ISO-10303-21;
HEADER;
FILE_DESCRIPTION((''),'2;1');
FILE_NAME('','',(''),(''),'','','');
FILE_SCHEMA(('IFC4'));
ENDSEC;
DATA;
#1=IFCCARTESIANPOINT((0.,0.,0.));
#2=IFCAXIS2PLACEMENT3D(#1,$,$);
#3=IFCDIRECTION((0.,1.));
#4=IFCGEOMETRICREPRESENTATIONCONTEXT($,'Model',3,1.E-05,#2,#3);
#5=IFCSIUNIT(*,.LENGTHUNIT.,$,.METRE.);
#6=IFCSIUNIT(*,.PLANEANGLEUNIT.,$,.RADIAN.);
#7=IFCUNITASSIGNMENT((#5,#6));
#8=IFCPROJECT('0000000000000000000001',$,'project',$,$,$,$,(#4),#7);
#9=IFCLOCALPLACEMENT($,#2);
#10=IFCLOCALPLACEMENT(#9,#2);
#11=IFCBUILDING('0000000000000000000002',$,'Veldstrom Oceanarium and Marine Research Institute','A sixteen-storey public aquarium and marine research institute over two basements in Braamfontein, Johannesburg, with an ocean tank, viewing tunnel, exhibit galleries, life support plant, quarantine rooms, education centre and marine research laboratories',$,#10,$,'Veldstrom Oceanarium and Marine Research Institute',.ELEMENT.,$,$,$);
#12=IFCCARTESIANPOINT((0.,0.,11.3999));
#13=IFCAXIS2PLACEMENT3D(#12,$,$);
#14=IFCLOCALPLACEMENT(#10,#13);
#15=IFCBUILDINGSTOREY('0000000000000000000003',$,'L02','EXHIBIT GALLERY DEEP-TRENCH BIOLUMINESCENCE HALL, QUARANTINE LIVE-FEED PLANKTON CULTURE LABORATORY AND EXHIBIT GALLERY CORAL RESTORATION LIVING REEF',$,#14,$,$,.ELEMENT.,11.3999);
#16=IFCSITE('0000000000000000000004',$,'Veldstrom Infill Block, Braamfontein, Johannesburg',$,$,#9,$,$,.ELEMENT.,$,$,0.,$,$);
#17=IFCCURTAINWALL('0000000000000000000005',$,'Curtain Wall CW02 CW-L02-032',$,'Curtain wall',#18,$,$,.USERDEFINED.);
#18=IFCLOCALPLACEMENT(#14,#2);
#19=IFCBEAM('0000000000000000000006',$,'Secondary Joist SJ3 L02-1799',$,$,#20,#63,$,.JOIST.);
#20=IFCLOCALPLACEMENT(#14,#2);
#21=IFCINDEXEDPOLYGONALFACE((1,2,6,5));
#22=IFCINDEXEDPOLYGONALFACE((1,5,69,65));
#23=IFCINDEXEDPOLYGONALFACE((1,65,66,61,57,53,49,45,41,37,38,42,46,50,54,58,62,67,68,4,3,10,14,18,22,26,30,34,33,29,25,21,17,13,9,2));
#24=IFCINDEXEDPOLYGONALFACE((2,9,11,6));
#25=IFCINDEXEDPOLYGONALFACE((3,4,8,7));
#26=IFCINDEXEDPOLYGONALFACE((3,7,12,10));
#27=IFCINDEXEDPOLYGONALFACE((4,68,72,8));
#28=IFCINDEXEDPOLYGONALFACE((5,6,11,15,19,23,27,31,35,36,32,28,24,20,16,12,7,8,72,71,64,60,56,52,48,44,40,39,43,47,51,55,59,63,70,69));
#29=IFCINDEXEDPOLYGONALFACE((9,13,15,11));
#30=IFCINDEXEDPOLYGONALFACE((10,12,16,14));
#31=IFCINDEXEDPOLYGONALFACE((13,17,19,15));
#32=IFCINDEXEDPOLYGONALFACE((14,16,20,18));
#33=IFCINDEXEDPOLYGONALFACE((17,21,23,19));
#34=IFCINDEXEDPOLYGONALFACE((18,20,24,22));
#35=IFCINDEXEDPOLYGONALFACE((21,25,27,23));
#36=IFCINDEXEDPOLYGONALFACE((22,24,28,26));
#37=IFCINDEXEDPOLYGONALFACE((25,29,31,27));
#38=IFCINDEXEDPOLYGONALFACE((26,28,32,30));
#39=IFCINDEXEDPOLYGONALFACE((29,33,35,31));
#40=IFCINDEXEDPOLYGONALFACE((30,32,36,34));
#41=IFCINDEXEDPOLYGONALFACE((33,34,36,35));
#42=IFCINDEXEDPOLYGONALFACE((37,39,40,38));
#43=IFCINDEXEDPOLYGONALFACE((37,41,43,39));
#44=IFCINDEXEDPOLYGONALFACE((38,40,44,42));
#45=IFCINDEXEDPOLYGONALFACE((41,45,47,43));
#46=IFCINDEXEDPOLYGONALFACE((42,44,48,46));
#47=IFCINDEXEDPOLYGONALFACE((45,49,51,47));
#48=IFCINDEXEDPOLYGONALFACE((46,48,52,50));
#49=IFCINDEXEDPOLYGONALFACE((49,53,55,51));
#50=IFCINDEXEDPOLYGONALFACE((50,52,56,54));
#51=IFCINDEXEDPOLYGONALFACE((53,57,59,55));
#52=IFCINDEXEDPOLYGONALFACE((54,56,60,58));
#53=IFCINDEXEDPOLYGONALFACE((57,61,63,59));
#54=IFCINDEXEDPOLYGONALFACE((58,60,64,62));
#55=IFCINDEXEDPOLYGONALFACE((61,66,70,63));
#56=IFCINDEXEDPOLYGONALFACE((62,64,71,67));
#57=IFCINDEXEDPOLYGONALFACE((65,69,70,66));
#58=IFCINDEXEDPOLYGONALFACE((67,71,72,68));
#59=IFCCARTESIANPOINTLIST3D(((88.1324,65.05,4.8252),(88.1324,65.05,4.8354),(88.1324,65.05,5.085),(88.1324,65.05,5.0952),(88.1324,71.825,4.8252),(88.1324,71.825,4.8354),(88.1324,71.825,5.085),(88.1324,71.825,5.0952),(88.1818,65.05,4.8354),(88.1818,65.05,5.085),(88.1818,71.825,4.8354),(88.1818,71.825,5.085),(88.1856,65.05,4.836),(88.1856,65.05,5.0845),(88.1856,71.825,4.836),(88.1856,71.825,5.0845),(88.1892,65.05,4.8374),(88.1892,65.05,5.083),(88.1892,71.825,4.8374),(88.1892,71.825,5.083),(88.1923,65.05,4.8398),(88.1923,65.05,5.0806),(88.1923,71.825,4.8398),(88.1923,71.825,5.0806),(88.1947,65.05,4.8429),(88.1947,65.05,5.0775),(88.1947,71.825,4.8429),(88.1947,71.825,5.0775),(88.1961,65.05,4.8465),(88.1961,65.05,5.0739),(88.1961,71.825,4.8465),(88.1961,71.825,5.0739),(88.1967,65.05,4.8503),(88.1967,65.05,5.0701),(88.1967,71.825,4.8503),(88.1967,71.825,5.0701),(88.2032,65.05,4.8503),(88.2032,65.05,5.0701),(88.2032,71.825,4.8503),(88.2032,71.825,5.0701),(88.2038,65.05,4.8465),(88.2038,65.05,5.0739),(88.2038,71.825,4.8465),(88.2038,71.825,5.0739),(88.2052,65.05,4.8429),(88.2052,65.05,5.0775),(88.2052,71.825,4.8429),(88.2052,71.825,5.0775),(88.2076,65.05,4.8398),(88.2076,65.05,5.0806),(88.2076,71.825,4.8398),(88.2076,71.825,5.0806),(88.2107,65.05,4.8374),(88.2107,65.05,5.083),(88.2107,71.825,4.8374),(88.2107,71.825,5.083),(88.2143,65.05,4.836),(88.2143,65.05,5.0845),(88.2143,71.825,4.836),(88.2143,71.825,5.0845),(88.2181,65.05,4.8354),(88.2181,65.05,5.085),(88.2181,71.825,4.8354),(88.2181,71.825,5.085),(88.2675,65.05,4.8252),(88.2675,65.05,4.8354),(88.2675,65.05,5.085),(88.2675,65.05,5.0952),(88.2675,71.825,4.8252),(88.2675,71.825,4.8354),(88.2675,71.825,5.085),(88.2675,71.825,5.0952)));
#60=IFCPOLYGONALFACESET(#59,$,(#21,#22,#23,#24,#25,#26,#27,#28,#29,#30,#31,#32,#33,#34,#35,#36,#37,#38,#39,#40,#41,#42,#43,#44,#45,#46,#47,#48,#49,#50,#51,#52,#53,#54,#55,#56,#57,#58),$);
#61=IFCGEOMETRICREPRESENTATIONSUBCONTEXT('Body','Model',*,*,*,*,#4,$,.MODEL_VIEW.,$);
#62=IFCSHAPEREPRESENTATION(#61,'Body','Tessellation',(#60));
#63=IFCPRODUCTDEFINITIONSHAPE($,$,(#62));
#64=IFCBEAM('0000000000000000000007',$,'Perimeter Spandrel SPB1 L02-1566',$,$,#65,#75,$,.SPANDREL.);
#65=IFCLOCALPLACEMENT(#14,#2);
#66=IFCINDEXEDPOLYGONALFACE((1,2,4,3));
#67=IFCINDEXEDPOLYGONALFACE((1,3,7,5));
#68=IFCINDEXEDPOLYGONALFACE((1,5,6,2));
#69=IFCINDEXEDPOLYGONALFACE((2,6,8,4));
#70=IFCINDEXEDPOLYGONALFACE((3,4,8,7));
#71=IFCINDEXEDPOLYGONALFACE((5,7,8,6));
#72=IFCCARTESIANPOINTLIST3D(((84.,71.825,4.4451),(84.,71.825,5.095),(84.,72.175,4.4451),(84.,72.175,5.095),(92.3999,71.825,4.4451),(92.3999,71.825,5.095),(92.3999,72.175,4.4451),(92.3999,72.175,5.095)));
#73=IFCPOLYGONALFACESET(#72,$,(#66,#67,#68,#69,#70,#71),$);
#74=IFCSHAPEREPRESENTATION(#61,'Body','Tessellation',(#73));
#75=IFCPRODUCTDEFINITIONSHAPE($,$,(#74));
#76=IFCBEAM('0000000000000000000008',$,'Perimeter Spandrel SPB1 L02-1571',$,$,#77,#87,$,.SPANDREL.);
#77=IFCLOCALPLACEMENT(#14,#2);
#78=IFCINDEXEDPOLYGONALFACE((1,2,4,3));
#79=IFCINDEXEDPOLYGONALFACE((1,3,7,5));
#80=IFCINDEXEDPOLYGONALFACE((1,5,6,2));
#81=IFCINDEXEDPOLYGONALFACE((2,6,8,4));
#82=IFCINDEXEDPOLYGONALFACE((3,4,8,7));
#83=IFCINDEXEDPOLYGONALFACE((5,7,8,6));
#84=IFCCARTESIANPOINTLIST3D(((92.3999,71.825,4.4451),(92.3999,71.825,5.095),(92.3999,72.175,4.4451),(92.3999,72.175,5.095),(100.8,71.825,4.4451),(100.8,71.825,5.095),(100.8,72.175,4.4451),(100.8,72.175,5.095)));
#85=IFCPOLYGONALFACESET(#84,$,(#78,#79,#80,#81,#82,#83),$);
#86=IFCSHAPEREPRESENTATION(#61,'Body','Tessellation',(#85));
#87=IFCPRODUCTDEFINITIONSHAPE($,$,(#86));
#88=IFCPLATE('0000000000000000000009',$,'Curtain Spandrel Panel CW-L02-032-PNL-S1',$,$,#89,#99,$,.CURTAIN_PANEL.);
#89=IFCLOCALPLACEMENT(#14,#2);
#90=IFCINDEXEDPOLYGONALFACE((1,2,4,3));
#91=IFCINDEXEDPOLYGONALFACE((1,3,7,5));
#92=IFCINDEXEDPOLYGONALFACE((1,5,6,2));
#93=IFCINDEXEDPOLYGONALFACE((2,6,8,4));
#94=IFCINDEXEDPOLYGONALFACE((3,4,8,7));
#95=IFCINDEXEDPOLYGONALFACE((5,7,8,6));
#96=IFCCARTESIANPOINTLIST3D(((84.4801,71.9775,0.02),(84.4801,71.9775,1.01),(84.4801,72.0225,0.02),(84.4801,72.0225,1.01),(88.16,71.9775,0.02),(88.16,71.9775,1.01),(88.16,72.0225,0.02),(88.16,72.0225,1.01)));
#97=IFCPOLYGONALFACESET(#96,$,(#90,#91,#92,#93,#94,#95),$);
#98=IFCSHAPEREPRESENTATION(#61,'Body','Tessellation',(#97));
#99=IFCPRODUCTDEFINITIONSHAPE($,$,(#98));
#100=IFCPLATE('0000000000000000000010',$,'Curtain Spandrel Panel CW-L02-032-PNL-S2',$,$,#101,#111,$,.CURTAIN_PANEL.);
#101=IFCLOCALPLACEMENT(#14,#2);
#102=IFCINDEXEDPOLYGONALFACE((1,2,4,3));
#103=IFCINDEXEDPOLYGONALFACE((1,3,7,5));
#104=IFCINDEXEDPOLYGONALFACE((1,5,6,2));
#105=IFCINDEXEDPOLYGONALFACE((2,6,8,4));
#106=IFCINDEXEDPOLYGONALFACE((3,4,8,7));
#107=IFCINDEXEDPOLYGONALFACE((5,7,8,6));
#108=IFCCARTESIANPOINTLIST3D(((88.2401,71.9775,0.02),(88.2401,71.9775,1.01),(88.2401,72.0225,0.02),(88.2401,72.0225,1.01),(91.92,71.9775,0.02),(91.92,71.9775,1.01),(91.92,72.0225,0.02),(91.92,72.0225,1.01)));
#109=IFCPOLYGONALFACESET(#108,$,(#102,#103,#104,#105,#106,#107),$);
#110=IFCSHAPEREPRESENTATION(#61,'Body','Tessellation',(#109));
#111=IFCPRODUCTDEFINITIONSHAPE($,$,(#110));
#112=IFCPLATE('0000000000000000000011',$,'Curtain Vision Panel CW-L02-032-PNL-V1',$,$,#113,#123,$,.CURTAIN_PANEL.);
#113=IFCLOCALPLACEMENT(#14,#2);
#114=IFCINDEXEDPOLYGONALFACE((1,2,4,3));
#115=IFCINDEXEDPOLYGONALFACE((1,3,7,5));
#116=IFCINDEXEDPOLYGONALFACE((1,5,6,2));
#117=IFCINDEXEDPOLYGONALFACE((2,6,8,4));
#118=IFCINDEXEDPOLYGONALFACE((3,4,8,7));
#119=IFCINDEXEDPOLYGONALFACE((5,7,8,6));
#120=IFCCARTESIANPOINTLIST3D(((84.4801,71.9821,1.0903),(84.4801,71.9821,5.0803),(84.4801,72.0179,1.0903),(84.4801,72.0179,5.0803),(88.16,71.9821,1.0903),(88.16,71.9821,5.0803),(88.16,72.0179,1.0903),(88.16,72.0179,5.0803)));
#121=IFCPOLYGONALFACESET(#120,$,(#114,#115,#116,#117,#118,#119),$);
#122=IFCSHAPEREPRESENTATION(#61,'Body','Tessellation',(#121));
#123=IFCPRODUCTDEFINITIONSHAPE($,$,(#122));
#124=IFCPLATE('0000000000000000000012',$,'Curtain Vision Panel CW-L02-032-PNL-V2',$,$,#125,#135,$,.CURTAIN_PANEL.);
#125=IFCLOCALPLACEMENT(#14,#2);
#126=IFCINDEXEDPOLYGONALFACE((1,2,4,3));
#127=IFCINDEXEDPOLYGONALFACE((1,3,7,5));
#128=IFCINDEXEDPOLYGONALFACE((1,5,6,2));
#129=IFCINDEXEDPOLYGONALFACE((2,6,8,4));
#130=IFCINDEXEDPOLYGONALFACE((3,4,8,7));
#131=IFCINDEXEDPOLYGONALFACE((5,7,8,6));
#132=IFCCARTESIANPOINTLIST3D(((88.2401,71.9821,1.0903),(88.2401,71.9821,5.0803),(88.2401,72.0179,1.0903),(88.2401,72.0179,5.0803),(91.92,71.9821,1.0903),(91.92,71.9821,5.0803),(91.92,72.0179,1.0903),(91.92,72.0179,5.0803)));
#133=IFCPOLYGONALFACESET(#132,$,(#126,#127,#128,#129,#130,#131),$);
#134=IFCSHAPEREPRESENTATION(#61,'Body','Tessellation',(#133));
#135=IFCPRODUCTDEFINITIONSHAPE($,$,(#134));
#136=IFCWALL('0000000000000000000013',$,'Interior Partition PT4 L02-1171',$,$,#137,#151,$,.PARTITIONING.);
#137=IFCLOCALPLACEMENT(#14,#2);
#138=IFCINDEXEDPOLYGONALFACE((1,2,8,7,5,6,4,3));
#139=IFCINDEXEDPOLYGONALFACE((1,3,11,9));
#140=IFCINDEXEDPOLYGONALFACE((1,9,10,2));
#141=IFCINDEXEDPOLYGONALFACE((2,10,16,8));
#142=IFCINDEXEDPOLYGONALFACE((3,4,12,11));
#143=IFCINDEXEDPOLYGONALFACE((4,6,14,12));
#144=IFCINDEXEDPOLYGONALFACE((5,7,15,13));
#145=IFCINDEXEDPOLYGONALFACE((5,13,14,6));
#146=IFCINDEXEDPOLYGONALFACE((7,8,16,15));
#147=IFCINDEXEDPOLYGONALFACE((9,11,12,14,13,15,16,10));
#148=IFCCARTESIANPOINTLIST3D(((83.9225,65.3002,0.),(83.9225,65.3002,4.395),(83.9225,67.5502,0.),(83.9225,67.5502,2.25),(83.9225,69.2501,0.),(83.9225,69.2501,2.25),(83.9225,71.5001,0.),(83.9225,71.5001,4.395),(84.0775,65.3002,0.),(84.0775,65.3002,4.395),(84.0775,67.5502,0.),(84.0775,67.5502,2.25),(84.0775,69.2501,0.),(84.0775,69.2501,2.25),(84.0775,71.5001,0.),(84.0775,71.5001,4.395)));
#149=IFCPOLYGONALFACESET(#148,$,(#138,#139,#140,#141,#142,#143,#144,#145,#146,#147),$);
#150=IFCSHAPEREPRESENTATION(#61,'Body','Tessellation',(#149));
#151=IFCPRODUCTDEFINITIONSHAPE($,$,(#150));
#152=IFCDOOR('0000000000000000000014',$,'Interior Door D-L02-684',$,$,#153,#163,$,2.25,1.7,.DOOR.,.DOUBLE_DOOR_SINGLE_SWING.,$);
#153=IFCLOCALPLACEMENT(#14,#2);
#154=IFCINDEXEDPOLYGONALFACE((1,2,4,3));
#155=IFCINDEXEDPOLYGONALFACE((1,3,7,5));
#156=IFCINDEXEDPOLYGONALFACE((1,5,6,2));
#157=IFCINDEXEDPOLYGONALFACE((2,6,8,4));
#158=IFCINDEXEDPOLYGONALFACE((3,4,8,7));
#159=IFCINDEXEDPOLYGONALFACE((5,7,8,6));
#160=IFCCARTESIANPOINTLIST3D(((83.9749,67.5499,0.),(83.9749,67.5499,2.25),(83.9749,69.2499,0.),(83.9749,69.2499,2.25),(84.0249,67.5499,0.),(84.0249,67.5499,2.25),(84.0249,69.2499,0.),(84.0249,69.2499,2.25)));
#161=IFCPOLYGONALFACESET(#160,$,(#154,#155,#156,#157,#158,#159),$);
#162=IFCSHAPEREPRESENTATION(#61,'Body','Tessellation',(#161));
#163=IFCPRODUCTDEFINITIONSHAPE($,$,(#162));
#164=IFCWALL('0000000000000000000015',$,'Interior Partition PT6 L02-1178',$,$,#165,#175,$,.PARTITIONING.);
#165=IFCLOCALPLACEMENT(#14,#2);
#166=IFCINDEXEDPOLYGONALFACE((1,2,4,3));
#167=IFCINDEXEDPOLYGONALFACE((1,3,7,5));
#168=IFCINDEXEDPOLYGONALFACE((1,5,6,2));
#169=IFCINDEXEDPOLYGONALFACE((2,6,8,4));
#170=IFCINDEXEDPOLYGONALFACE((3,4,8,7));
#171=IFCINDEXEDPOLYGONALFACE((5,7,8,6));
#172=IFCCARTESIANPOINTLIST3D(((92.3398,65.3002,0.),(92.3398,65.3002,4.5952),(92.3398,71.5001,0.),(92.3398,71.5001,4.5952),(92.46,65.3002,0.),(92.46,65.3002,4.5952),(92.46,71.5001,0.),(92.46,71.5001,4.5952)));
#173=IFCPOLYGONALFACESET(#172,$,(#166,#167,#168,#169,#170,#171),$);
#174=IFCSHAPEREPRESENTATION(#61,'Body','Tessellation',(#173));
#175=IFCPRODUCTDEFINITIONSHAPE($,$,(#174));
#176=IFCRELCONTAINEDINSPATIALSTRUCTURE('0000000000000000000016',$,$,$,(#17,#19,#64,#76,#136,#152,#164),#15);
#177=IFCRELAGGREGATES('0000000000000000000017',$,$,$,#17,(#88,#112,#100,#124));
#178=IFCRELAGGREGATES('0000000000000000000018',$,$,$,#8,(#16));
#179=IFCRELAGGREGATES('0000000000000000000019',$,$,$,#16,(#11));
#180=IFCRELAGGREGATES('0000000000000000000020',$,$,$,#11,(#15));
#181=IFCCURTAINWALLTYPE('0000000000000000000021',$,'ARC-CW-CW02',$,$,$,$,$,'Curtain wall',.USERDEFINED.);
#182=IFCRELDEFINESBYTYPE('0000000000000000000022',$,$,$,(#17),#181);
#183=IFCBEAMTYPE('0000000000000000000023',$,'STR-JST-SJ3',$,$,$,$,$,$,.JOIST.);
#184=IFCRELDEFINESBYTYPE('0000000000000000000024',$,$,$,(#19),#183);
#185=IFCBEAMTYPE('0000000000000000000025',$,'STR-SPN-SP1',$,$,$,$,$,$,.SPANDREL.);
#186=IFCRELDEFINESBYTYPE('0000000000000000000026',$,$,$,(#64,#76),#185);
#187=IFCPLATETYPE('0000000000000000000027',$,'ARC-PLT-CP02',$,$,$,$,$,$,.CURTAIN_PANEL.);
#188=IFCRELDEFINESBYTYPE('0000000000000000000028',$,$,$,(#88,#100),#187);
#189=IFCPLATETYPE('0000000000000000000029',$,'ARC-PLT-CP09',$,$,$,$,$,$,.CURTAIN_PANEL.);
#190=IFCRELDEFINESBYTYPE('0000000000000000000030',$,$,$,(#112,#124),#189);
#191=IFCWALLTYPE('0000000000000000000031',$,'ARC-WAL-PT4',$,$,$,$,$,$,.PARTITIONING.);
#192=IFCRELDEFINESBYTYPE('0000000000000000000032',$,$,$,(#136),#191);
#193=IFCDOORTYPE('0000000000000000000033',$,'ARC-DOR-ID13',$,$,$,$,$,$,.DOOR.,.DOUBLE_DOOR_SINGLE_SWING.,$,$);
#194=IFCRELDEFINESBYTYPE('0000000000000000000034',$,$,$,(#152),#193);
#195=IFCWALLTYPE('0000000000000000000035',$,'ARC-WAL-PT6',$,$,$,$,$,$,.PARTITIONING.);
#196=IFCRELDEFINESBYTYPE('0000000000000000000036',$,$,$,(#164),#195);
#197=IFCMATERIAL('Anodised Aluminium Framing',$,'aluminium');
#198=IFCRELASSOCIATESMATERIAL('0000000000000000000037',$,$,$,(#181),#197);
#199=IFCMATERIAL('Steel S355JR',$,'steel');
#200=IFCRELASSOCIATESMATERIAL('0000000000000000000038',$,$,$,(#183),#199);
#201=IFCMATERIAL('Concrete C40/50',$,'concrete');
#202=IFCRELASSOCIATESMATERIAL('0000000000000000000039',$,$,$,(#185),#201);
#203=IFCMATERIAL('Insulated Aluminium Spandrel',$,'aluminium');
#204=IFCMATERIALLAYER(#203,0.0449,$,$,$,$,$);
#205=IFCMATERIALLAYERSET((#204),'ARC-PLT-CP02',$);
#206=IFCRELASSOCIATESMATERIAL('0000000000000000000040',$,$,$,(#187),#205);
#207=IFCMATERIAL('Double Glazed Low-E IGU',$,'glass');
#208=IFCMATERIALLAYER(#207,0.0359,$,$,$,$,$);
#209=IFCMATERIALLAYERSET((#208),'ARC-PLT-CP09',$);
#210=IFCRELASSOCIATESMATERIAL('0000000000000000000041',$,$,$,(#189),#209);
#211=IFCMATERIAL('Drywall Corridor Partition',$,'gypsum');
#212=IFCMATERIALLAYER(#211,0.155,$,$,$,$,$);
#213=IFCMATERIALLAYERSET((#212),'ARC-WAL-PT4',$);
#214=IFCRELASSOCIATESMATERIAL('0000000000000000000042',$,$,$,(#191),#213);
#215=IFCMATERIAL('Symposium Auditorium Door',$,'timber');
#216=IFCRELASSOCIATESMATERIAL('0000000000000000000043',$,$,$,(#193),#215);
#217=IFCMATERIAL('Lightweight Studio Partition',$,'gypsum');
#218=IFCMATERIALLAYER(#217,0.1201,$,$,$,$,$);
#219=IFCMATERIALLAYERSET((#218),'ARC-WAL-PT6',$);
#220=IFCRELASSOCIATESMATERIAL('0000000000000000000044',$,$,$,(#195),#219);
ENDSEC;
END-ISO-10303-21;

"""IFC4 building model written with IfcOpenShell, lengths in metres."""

from ifc_helpers import new_model, si_unit, direction, frame, frame_2d, origin, origin_2d, place, context, subcontext, project, spatial, rectangle, i_section, extrude, material, layer, layer_set, material_profile, profile_set, type_object, element, fill, aggregate, save


model = new_model("IFC4")

# Units and contexts
model_context = context("Model", 3, precision=1e-05, world=origin(), true_north=direction((0.0, 1.0)))
body_context = subcontext(model_context, "Body", "Model", "MODEL_VIEW")
ifc_project = project(units=[si_unit("LENGTHUNIT", "METRE"), si_unit("PLANEANGLEUNIT", "RADIAN")], contexts=[model_context])

# Site, building, storey
site_placement = place(None, origin())
site = spatial("IfcSite", under=ifc_project, at=site_placement, Name="Veldstrom Infill Block, Braamfontein, Johannesburg", CompositionType="ELEMENT", RefElevation=0.0)
building_placement = place(site_placement, origin())
building = spatial("IfcBuilding", under=site, at=building_placement, Name="Veldstrom Oceanarium and Marine Research Institute", Description="A sixteen-storey public aquarium and marine research institute over two basements in Braamfontein, Johannesburg, with an ocean tank, viewing tunnel, exhibit galleries, life support plant, quarantine rooms, education centre and marine research laboratories", LongName="Veldstrom Oceanarium and Marine Research Institute", CompositionType="ELEMENT")
storey_placement = place(building_placement, frame((0.0, 0.0, 11.3999)))
storey = spatial("IfcBuildingStorey", under=building, at=storey_placement, Name="L02", Description="EXHIBIT GALLERY DEEP-TRENCH BIOLUMINESCENCE HALL, QUARANTINE LIVE-FEED PLANKTON CULTURE LABORATORY AND EXHIBIT GALLERY CORAL RESTORATION LIVING REEF", CompositionType="ELEMENT", Elevation=11.3999)

# Curtain wall
ifc_material_1 = material(Name="Anodised Aluminium Framing", Category="aluminium")
curtain_wall_type = type_object("IfcCurtainWallType", Name="ARC-CW-CW02", ElementType="Curtain wall", PredefinedType="USERDEFINED", material=ifc_material_1)
curtain_wall_placement = place(storey_placement, origin())
curtain_wall = element("IfcCurtainWall", 1, at=curtain_wall_placement, inside=storey, type_object=curtain_wall_type, Name="Curtain Wall CW02 CW-L02-032", ObjectType="Curtain wall", PredefinedType="USERDEFINED")

# Beams
ifc_material_2 = material(Name="Steel S355JR", Category="steel")
ifc_material_profile_1 = material_profile(ifc_material_2, i_section(OverallWidth=0.135, OverallDepth=0.27, WebThickness=0.0066, FlangeThickness=0.0103, FilletRadius=0.0149, at=origin_2d()), Name="IPE 270")
ifc_profile_set_1 = profile_set([ifc_material_profile_1], Name="Steel S355JR")
beam_type_1 = type_object("IfcBeamType", Name="STR-JST-SJ3", PredefinedType="JOIST", material=ifc_profile_set_1)
beam_1_placement = place(storey_placement, frame((88.2, 65.05, 4.9602), z_axis=(0.0, 1.0, 0.0), x_axis=(-1.0, 0.0, 0.0)))
element("IfcBeam", 2, at=beam_1_placement, inside=storey, type_object=beam_type_1, Name="Secondary Joist SJ3 L02-1799", PredefinedType="JOIST", context=body_context, shape_type="SweptSolid", body=[
    extrude(i_section(OverallWidth=0.135, OverallDepth=0.27, WebThickness=0.0066, FlangeThickness=0.0103, FilletRadius=0.0149, at=origin_2d()), origin(), (0.0, 0.0, 1.0), 6.7749),
])
ifc_material_3 = material(Name="Concrete C40/50", Category="concrete")
ifc_material_profile_2 = material_profile(ifc_material_3, rectangle(XDim=0.3501, YDim=0.6499, at=origin_2d()), Name="RC-SPN-350x650")
ifc_profile_set_2 = profile_set([ifc_material_profile_2], Name="Concrete C40/50")
beam_type_2 = type_object("IfcBeamType", Name="STR-SPN-SP1", PredefinedType="SPANDREL", material=ifc_profile_set_2)
beam_2_placement = place(storey_placement, frame((84.0, 72.0, 4.77), z_axis=(1.0, 0.0, 0.0), x_axis=(0.0, 1.0, 0.0)))
element("IfcBeam", 3, at=beam_2_placement, inside=storey, type_object=beam_type_2, Name="Perimeter Spandrel SPB1 L02-1566", PredefinedType="SPANDREL", context=body_context, shape_type="SweptSolid", body=[
    extrude(rectangle(XDim=0.3501, YDim=0.6499, at=origin_2d()), origin(), (0.0, 0.0, 1.0), 8.3999),
])
beam_3_placement = place(storey_placement, frame((92.3999, 72.0, 4.77), z_axis=(1.0, 0.0, 0.0), x_axis=(0.0, 1.0, 0.0)))
element("IfcBeam", 4, at=beam_3_placement, inside=storey, type_object=beam_type_2, Name="Perimeter Spandrel SPB1 L02-1571", PredefinedType="SPANDREL", context=body_context, shape_type="SweptSolid", body=[
    extrude(rectangle(XDim=0.3501, YDim=0.6499, at=origin_2d()), origin(), (0.0, 0.0, 1.0), 8.4001),
])

# Plates
ifc_material_4 = material(Name="Insulated Aluminium Spandrel", Category="aluminium")
ifc_layer_1 = layer(ifc_material_4, 0.0449)
ifc_layer_set_1 = layer_set([ifc_layer_1], Name="ARC-PLT-CP02")
plate_type_1 = type_object("IfcPlateType", Name="ARC-PLT-CP02", PredefinedType="CURTAIN_PANEL", material=ifc_layer_set_1)
plate_1_placement = place(storey_placement, frame((86.3201, 72.0, 0.02), z_axis=(0.0, 0.0, 1.0), x_axis=(1.0, 0.0, 0.0)))
plate_1 = element("IfcPlate", 5, at=plate_1_placement, type_object=plate_type_1, Name="Curtain Spandrel Panel CW-L02-032-PNL-S1", PredefinedType="CURTAIN_PANEL", context=body_context, shape_type="SweptSolid", body=[
    extrude(rectangle(XDim=3.6799, YDim=0.0449, at=origin_2d()), origin(), (0.0, 0.0, 1.0), 0.99),
])
plate_2_placement = place(storey_placement, frame((90.0801, 72.0, 0.02), z_axis=(0.0, 0.0, 1.0), x_axis=(1.0, 0.0, 0.0)))
plate_2 = element("IfcPlate", 6, at=plate_2_placement, type_object=plate_type_1, Name="Curtain Spandrel Panel CW-L02-032-PNL-S2", PredefinedType="CURTAIN_PANEL", context=body_context, shape_type="SweptSolid", body=[
    extrude(rectangle(XDim=3.6799, YDim=0.0449, at=origin_2d()), origin(), (0.0, 0.0, 1.0), 0.99),
])
ifc_material_5 = material(Name="Double Glazed Low-E IGU", Category="glass")
ifc_layer_2 = layer(ifc_material_5, 0.0359)
ifc_layer_set_2 = layer_set([ifc_layer_2], Name="ARC-PLT-CP09")
plate_type_2 = type_object("IfcPlateType", Name="ARC-PLT-CP09", PredefinedType="CURTAIN_PANEL", material=ifc_layer_set_2)
plate_3_placement = place(storey_placement, frame((86.3201, 72.0, 1.0903), z_axis=(0.0, 0.0, 1.0), x_axis=(1.0, 0.0, 0.0)))
plate_3 = element("IfcPlate", 7, at=plate_3_placement, type_object=plate_type_2, Name="Curtain Vision Panel CW-L02-032-PNL-V1", PredefinedType="CURTAIN_PANEL", context=body_context, shape_type="SweptSolid", body=[
    extrude(rectangle(XDim=3.6799, YDim=0.0359, at=origin_2d()), origin(), (0.0, 0.0, 1.0), 3.99),
])
plate_4_placement = place(storey_placement, frame((90.0801, 72.0, 1.0903), z_axis=(0.0, 0.0, 1.0), x_axis=(1.0, 0.0, 0.0)))
plate_4 = element("IfcPlate", 8, at=plate_4_placement, type_object=plate_type_2, Name="Curtain Vision Panel CW-L02-032-PNL-V2", PredefinedType="CURTAIN_PANEL", context=body_context, shape_type="SweptSolid", body=[
    extrude(rectangle(XDim=3.6799, YDim=0.0359, at=origin_2d()), origin(), (0.0, 0.0, 1.0), 3.99),
])
aggregate(curtain_wall, [plate_1, plate_3, plate_2, plate_4])

# Wall, opening, door
ifc_material_6 = material(Name="Drywall Corridor Partition", Category="gypsum")
ifc_layer_3 = layer(ifc_material_6, 0.155)
ifc_layer_set_3 = layer_set([ifc_layer_3], Name="ARC-WAL-PT4")
wall_type_1 = type_object("IfcWallType", Name="ARC-WAL-PT4", PredefinedType="PARTITIONING", material=ifc_layer_set_3)
wall_1_placement = place(storey_placement, frame((84.0, 65.3, 0.0), z_axis=(0.0, 0.0, 1.0), x_axis=(0.0, 1.0, 0.0)))
wall_1 = element("IfcWall", 9, at=wall_1_placement, inside=storey, type_object=wall_type_1, Name="Interior Partition PT4 L02-1171", PredefinedType="PARTITIONING", context=body_context, shape_type="SweptSolid", body=[
    extrude(rectangle(XDim=6.2, YDim=0.155, at=frame_2d((3.1001, 0.0))), origin(), (0.0, 0.0, 1.0), 4.395),
])
opening_placement = place(wall_1_placement, frame((2.25, 0.0, 0.0)))
opening = element("IfcOpeningElement", 10, at=opening_placement, cuts=wall_1, PredefinedType="OPENING", context=body_context, shape_type="SweptSolid", body=[
    extrude(rectangle(XDim=1.7, YDim=2.25, at=frame_2d((0.8501, 1.125))), frame((0.0, 0.0874, 0.0), z_axis=(0.0, -1.0, 0.0), x_axis=(1.0, 0.0, 0.0)), (0.0, 0.0, 1.0), 0.175),
])
ifc_material_7 = material(Name="Symposium Auditorium Door", Category="timber")
door_type = type_object("IfcDoorType", Name="ARC-DOR-ID13", OperationType="DOUBLE_DOOR_SINGLE_SWING", PredefinedType="DOOR", material=ifc_material_7)
door_placement = place(opening_placement, frame((1.7, 0.0, 0.0), z_axis=(0.0, 0.0, 1.0), x_axis=(-1.0, 0.0, 0.0)))
door = element("IfcDoor", 11, at=door_placement, inside=storey, type_object=door_type, Name="Interior Door D-L02-684", OperationType="DOUBLE_DOOR_SINGLE_SWING", OverallHeight=2.25, OverallWidth=1.7, PredefinedType="DOOR", context=body_context, shape_type="SweptSolid", body=[
    extrude(rectangle(XDim=1.7, YDim=2.25, at=frame_2d((0.8501, 1.125))), frame((0.0, 0.0249, 0.0), z_axis=(0.0, -1.0, 0.0), x_axis=(1.0, 0.0, 0.0)), (0.0, 0.0, 1.0), 0.05),
])
fill(opening, door)

# Wall
ifc_material_8 = material(Name="Lightweight Studio Partition", Category="gypsum")
ifc_layer_4 = layer(ifc_material_8, 0.1201)
ifc_layer_set_4 = layer_set([ifc_layer_4], Name="ARC-WAL-PT6")
wall_type_2 = type_object("IfcWallType", Name="ARC-WAL-PT6", PredefinedType="PARTITIONING", material=ifc_layer_set_4)
wall_2_placement = place(storey_placement, frame((92.3999, 65.3, 0.0), z_axis=(0.0, 0.0, 1.0), x_axis=(0.0, 1.0, 0.0)))
element("IfcWall", 12, at=wall_2_placement, inside=storey, type_object=wall_type_2, Name="Interior Partition PT6 L02-1178", PredefinedType="PARTITIONING", context=body_context, shape_type="SweptSolid", body=[
    extrude(rectangle(XDim=6.2, YDim=0.1201, at=frame_2d((3.1001, 0.0))), origin(), (0.0, 0.0, 1.0), 4.5952),
])

save(model, "model.ifc")
